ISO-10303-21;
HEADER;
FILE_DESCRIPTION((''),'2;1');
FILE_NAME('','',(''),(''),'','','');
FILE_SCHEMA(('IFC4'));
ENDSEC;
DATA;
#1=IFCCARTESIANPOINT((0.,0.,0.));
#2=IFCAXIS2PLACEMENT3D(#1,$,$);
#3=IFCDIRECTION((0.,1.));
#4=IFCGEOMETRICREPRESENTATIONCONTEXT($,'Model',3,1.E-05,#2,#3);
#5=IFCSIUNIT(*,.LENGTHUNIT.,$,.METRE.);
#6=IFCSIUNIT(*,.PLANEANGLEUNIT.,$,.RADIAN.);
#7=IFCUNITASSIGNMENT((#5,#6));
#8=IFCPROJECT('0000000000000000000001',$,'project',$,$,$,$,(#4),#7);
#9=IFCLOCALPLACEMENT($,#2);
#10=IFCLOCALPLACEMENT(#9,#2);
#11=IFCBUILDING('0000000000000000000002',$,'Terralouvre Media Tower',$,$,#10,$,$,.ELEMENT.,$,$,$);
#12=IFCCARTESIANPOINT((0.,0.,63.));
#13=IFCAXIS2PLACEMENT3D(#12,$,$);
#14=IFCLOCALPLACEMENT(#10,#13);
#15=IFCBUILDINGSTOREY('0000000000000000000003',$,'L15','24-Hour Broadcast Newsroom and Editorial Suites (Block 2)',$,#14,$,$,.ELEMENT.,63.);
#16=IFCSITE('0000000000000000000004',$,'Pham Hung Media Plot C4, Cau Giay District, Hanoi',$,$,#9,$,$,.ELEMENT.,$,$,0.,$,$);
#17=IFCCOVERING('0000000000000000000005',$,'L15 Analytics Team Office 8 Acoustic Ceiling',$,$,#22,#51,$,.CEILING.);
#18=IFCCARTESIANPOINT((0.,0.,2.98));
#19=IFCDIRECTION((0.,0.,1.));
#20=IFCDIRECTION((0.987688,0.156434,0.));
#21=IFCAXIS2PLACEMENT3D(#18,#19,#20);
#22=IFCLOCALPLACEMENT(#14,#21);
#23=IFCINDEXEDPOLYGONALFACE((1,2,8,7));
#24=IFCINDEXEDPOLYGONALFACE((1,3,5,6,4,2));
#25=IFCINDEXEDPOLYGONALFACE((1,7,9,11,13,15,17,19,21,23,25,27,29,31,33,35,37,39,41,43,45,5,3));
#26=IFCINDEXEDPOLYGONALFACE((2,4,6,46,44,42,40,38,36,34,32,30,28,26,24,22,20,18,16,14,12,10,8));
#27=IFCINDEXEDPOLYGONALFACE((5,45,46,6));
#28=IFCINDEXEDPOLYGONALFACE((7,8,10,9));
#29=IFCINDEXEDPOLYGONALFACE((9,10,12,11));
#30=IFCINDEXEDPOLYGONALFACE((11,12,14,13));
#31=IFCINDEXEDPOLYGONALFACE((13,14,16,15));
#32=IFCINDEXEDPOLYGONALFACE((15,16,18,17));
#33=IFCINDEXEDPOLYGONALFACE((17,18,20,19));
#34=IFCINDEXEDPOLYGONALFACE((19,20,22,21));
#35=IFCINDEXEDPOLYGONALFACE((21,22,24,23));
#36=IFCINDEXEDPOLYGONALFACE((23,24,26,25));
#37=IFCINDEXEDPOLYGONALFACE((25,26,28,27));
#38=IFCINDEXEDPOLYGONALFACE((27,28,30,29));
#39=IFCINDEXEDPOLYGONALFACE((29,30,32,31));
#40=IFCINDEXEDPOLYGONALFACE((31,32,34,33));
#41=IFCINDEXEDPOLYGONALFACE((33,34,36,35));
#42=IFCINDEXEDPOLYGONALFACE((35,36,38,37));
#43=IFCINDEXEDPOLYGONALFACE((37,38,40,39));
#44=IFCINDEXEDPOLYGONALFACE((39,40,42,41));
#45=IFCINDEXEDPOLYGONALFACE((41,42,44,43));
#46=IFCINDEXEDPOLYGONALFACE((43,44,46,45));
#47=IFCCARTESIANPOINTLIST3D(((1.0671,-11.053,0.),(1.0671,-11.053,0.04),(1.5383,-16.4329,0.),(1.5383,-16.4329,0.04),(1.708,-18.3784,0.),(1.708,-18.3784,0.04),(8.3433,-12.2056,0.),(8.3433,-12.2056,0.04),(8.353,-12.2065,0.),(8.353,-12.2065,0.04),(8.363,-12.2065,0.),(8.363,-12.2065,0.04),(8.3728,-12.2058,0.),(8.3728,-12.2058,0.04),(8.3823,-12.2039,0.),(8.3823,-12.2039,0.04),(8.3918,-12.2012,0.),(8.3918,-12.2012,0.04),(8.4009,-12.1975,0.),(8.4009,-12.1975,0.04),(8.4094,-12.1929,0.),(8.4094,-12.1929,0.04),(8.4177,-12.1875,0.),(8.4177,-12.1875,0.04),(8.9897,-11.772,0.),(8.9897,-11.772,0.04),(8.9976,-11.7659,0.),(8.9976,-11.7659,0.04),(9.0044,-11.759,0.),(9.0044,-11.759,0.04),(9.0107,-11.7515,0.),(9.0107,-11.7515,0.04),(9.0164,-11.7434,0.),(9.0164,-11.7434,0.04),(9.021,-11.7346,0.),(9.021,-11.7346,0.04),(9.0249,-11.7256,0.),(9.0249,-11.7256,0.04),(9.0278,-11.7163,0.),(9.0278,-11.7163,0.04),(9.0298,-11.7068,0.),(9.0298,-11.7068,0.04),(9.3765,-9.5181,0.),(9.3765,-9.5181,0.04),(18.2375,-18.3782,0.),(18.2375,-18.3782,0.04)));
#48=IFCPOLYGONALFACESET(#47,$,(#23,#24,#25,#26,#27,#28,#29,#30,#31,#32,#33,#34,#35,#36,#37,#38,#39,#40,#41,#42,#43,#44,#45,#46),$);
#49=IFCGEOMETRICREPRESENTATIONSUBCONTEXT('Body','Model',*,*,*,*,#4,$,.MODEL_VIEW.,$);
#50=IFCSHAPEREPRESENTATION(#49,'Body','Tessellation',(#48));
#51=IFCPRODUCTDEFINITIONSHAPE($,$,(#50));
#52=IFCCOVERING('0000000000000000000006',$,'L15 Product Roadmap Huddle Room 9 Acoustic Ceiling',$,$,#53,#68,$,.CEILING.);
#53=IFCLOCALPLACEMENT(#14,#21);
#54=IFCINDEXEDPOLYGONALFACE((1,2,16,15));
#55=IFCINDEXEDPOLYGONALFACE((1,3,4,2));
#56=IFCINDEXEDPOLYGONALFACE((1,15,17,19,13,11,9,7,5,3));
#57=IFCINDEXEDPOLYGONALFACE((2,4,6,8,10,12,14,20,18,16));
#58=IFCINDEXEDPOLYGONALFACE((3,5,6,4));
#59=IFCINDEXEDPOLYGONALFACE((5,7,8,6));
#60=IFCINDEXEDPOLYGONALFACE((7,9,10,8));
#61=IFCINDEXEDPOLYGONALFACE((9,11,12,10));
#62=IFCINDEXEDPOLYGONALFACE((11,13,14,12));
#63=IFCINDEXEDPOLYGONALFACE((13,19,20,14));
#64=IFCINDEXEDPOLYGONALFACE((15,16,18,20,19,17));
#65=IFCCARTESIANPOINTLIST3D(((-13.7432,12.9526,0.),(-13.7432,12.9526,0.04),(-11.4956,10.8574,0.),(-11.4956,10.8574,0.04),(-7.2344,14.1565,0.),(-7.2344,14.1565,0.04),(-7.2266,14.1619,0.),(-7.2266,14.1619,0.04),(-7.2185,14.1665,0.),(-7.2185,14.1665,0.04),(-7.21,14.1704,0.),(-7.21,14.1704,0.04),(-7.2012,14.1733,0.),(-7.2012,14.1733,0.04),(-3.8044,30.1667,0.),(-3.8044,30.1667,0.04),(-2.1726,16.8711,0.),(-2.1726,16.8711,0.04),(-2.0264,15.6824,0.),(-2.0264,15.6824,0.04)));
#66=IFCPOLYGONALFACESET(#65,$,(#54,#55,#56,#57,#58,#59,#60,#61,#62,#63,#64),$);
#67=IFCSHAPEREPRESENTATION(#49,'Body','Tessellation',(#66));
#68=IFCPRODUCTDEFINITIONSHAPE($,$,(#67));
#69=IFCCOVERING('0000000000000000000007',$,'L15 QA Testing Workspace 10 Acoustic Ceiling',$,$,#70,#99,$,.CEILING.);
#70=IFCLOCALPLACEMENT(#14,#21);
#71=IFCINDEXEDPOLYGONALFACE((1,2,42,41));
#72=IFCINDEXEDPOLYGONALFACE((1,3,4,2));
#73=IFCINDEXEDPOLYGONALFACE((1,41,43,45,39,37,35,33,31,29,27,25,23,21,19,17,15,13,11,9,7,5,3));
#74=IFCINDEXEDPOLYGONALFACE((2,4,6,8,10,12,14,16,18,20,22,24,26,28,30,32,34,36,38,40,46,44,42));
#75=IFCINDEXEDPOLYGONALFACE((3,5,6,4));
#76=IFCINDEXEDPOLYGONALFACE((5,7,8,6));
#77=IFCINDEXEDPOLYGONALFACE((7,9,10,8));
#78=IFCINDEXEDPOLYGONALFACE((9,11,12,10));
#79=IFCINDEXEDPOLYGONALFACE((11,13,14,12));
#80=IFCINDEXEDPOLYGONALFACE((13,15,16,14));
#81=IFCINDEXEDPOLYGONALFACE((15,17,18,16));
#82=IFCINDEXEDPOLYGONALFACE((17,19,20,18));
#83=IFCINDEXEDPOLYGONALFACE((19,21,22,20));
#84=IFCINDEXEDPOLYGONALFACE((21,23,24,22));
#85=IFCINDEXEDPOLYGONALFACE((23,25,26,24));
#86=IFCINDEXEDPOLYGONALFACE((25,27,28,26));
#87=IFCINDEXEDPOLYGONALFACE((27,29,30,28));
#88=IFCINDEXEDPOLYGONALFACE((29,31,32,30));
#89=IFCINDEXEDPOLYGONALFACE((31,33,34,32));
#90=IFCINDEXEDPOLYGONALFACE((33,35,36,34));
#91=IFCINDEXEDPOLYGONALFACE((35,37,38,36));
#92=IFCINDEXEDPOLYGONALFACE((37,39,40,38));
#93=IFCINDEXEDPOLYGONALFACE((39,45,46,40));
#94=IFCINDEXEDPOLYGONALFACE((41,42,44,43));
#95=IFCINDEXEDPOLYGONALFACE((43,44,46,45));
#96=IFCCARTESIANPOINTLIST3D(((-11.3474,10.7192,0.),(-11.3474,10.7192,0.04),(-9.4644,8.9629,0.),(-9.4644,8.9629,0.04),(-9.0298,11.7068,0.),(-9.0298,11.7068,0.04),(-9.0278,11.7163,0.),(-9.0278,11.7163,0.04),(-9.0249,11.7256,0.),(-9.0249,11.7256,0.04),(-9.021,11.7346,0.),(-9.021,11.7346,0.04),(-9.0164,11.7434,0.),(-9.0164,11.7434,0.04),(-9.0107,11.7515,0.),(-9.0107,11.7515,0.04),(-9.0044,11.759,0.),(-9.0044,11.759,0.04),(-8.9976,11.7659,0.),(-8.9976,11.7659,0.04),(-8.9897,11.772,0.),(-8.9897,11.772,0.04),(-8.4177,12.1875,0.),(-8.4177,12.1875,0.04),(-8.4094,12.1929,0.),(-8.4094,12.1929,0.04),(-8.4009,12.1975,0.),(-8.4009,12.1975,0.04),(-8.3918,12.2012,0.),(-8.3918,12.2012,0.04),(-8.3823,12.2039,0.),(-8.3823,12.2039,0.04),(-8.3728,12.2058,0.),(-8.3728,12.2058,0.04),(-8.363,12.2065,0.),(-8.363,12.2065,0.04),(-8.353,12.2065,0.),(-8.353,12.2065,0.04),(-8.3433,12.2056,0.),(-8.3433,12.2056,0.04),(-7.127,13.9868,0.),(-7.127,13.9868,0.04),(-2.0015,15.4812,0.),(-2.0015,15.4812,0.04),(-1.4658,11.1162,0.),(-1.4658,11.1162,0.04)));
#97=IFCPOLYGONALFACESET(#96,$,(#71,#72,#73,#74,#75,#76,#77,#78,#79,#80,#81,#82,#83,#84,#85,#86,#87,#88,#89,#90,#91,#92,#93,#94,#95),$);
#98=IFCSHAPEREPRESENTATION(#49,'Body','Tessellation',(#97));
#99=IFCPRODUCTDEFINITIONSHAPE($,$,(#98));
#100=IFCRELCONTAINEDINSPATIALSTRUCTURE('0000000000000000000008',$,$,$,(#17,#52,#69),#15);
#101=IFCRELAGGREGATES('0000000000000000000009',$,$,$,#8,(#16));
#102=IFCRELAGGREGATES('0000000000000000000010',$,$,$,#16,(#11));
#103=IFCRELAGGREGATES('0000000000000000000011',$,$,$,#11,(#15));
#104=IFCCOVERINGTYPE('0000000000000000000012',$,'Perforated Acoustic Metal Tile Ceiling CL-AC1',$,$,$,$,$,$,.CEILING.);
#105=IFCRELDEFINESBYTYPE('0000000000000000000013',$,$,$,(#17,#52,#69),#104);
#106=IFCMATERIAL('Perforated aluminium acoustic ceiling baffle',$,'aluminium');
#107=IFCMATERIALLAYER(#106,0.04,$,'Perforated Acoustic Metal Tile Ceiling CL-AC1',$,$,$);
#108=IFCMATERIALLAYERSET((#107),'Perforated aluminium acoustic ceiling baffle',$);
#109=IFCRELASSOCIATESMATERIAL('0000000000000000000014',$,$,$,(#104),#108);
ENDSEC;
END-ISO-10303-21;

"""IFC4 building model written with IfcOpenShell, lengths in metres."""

from ifc_helpers import new_model, si_unit, direction, frame, origin, place, context, subcontext, project, spatial, polyline, outline, extrude, material, layer, layer_set, type_object, element, save


model = new_model("IFC4")

# Units and contexts
model_context = context("Model", 3, precision=1e-05, world=origin(), true_north=direction((0.0, 1.0)))
body_context = subcontext(model_context, "Body", "Model", "MODEL_VIEW")
ifc_project = project(units=[si_unit("LENGTHUNIT", "METRE"), si_unit("PLANEANGLEUNIT", "RADIAN")], contexts=[model_context])

# Site, building, storey
site_placement = place(None, origin())
site = spatial("IfcSite", under=ifc_project, at=site_placement, Name="Pham Hung Media Plot C4, Cau Giay District, Hanoi", CompositionType="ELEMENT", RefElevation=0.0)
building_placement = place(site_placement, origin())
building = spatial("IfcBuilding", under=site, at=building_placement, Name="Terralouvre Media Tower", CompositionType="ELEMENT")
storey_placement = place(building_placement, frame((0.0, 0.0, 63.0)))
storey = spatial("IfcBuildingStorey", under=building, at=storey_placement, Name="L15", Description="24-Hour Broadcast Newsroom and Editorial Suites (Block 2)", CompositionType="ELEMENT", Elevation=63.0)

# Coverings
ifc_material_1 = material(Name="Perforated aluminium acoustic ceiling baffle", Category="aluminium")
ifc_layer_1 = layer(ifc_material_1, 0.04, Name="Perforated Acoustic Metal Tile Ceiling CL-AC1")
ifc_layer_set_1 = layer_set([ifc_layer_1], Name="Perforated aluminium acoustic ceiling baffle")
covering_type = type_object("IfcCoveringType", Name="Perforated Acoustic Metal Tile Ceiling CL-AC1", PredefinedType="CEILING", material=ifc_layer_set_1)
covering_1_placement = place(storey_placement, frame((0.0, 0.0, 2.98), z_axis=(0.0, 0.0, 1.0), x_axis=(0.987688, 0.156434, 0.0)))
element("IfcCovering", 1, at=covering_1_placement, inside=storey, type_object=covering_type, Name="L15 Analytics Team Office 8 Acoustic Ceiling", PredefinedType="CEILING", context=body_context, shape_type="SweptSolid", body=[
    extrude(outline(polyline([(9.0298, -11.7068), (9.0278, -11.7163), (9.0249, -11.7256), (9.021, -11.7346), (9.0164, -11.7434), (9.0107, -11.7515), (9.0044, -11.759), (8.9976, -11.7659), (8.9897, -11.772), (8.4177, -12.1875), (8.4094, -12.1929), (8.4009, -12.1975), (8.3918, -12.2012), (8.3823, -12.2039), (8.3728, -12.2058), (8.363, -12.2065), (8.353, -12.2065), (8.3433, -12.2056), (1.0671, -11.053), (1.5383, -16.4329), (1.708, -18.3784), (18.2375, -18.3782), (9.3765, -9.5181), (9.0298, -11.7068)])), origin(), (0.0, 0.0, 1.0), 0.04),
])
covering_2_placement = place(storey_placement, frame((0.0, 0.0, 2.98), z_axis=(0.0, 0.0, 1.0), x_axis=(0.987688, 0.156434, 0.0)))
element("IfcCovering", 2, at=covering_2_placement, inside=storey, type_object=covering_type, Name="L15 Product Roadmap Huddle Room 9 Acoustic Ceiling", PredefinedType="CEILING", context=body_context, shape_type="SweptSolid", body=[
    extrude(outline(polyline([(-7.2344, 14.1565), (-7.2266, 14.1619), (-7.2185, 14.1665), (-7.21, 14.1704), (-7.2012, 14.1733), (-2.0264, 15.6824), (-2.1726, 16.8711), (-3.8044, 30.1667), (-13.7432, 12.9526), (-11.4956, 10.8574), (-7.2344, 14.1565)])), origin(), (0.0, 0.0, 1.0), 0.04),
])
covering_3_placement = place(storey_placement, frame((0.0, 0.0, 2.98), z_axis=(0.0, 0.0, 1.0), x_axis=(0.987688, 0.156434, 0.0)))
element("IfcCovering", 3, at=covering_3_placement, inside=storey, type_object=covering_type, Name="L15 QA Testing Workspace 10 Acoustic Ceiling", PredefinedType="CEILING", context=body_context, shape_type="SweptSolid", body=[
    extrude(outline(polyline([(-7.127, 13.9868), (-11.3474, 10.7192), (-9.4644, 8.9629), (-9.0298, 11.7068), (-9.0278, 11.7163), (-9.0249, 11.7256), (-9.021, 11.7346), (-9.0164, 11.7434), (-9.0107, 11.7515), (-9.0044, 11.759), (-8.9976, 11.7659), (-8.9897, 11.772), (-8.4177, 12.1875), (-8.4094, 12.1929), (-8.4009, 12.1975), (-8.3918, 12.2012), (-8.3823, 12.2039), (-8.3728, 12.2058), (-8.363, 12.2065), (-8.353, 12.2065), (-8.3433, 12.2056), (-1.4658, 11.1162), (-2.0015, 15.4812), (-7.127, 13.9868)])), origin(), (0.0, 0.0, 1.0), 0.04),
])

save(model, "model.ifc")
